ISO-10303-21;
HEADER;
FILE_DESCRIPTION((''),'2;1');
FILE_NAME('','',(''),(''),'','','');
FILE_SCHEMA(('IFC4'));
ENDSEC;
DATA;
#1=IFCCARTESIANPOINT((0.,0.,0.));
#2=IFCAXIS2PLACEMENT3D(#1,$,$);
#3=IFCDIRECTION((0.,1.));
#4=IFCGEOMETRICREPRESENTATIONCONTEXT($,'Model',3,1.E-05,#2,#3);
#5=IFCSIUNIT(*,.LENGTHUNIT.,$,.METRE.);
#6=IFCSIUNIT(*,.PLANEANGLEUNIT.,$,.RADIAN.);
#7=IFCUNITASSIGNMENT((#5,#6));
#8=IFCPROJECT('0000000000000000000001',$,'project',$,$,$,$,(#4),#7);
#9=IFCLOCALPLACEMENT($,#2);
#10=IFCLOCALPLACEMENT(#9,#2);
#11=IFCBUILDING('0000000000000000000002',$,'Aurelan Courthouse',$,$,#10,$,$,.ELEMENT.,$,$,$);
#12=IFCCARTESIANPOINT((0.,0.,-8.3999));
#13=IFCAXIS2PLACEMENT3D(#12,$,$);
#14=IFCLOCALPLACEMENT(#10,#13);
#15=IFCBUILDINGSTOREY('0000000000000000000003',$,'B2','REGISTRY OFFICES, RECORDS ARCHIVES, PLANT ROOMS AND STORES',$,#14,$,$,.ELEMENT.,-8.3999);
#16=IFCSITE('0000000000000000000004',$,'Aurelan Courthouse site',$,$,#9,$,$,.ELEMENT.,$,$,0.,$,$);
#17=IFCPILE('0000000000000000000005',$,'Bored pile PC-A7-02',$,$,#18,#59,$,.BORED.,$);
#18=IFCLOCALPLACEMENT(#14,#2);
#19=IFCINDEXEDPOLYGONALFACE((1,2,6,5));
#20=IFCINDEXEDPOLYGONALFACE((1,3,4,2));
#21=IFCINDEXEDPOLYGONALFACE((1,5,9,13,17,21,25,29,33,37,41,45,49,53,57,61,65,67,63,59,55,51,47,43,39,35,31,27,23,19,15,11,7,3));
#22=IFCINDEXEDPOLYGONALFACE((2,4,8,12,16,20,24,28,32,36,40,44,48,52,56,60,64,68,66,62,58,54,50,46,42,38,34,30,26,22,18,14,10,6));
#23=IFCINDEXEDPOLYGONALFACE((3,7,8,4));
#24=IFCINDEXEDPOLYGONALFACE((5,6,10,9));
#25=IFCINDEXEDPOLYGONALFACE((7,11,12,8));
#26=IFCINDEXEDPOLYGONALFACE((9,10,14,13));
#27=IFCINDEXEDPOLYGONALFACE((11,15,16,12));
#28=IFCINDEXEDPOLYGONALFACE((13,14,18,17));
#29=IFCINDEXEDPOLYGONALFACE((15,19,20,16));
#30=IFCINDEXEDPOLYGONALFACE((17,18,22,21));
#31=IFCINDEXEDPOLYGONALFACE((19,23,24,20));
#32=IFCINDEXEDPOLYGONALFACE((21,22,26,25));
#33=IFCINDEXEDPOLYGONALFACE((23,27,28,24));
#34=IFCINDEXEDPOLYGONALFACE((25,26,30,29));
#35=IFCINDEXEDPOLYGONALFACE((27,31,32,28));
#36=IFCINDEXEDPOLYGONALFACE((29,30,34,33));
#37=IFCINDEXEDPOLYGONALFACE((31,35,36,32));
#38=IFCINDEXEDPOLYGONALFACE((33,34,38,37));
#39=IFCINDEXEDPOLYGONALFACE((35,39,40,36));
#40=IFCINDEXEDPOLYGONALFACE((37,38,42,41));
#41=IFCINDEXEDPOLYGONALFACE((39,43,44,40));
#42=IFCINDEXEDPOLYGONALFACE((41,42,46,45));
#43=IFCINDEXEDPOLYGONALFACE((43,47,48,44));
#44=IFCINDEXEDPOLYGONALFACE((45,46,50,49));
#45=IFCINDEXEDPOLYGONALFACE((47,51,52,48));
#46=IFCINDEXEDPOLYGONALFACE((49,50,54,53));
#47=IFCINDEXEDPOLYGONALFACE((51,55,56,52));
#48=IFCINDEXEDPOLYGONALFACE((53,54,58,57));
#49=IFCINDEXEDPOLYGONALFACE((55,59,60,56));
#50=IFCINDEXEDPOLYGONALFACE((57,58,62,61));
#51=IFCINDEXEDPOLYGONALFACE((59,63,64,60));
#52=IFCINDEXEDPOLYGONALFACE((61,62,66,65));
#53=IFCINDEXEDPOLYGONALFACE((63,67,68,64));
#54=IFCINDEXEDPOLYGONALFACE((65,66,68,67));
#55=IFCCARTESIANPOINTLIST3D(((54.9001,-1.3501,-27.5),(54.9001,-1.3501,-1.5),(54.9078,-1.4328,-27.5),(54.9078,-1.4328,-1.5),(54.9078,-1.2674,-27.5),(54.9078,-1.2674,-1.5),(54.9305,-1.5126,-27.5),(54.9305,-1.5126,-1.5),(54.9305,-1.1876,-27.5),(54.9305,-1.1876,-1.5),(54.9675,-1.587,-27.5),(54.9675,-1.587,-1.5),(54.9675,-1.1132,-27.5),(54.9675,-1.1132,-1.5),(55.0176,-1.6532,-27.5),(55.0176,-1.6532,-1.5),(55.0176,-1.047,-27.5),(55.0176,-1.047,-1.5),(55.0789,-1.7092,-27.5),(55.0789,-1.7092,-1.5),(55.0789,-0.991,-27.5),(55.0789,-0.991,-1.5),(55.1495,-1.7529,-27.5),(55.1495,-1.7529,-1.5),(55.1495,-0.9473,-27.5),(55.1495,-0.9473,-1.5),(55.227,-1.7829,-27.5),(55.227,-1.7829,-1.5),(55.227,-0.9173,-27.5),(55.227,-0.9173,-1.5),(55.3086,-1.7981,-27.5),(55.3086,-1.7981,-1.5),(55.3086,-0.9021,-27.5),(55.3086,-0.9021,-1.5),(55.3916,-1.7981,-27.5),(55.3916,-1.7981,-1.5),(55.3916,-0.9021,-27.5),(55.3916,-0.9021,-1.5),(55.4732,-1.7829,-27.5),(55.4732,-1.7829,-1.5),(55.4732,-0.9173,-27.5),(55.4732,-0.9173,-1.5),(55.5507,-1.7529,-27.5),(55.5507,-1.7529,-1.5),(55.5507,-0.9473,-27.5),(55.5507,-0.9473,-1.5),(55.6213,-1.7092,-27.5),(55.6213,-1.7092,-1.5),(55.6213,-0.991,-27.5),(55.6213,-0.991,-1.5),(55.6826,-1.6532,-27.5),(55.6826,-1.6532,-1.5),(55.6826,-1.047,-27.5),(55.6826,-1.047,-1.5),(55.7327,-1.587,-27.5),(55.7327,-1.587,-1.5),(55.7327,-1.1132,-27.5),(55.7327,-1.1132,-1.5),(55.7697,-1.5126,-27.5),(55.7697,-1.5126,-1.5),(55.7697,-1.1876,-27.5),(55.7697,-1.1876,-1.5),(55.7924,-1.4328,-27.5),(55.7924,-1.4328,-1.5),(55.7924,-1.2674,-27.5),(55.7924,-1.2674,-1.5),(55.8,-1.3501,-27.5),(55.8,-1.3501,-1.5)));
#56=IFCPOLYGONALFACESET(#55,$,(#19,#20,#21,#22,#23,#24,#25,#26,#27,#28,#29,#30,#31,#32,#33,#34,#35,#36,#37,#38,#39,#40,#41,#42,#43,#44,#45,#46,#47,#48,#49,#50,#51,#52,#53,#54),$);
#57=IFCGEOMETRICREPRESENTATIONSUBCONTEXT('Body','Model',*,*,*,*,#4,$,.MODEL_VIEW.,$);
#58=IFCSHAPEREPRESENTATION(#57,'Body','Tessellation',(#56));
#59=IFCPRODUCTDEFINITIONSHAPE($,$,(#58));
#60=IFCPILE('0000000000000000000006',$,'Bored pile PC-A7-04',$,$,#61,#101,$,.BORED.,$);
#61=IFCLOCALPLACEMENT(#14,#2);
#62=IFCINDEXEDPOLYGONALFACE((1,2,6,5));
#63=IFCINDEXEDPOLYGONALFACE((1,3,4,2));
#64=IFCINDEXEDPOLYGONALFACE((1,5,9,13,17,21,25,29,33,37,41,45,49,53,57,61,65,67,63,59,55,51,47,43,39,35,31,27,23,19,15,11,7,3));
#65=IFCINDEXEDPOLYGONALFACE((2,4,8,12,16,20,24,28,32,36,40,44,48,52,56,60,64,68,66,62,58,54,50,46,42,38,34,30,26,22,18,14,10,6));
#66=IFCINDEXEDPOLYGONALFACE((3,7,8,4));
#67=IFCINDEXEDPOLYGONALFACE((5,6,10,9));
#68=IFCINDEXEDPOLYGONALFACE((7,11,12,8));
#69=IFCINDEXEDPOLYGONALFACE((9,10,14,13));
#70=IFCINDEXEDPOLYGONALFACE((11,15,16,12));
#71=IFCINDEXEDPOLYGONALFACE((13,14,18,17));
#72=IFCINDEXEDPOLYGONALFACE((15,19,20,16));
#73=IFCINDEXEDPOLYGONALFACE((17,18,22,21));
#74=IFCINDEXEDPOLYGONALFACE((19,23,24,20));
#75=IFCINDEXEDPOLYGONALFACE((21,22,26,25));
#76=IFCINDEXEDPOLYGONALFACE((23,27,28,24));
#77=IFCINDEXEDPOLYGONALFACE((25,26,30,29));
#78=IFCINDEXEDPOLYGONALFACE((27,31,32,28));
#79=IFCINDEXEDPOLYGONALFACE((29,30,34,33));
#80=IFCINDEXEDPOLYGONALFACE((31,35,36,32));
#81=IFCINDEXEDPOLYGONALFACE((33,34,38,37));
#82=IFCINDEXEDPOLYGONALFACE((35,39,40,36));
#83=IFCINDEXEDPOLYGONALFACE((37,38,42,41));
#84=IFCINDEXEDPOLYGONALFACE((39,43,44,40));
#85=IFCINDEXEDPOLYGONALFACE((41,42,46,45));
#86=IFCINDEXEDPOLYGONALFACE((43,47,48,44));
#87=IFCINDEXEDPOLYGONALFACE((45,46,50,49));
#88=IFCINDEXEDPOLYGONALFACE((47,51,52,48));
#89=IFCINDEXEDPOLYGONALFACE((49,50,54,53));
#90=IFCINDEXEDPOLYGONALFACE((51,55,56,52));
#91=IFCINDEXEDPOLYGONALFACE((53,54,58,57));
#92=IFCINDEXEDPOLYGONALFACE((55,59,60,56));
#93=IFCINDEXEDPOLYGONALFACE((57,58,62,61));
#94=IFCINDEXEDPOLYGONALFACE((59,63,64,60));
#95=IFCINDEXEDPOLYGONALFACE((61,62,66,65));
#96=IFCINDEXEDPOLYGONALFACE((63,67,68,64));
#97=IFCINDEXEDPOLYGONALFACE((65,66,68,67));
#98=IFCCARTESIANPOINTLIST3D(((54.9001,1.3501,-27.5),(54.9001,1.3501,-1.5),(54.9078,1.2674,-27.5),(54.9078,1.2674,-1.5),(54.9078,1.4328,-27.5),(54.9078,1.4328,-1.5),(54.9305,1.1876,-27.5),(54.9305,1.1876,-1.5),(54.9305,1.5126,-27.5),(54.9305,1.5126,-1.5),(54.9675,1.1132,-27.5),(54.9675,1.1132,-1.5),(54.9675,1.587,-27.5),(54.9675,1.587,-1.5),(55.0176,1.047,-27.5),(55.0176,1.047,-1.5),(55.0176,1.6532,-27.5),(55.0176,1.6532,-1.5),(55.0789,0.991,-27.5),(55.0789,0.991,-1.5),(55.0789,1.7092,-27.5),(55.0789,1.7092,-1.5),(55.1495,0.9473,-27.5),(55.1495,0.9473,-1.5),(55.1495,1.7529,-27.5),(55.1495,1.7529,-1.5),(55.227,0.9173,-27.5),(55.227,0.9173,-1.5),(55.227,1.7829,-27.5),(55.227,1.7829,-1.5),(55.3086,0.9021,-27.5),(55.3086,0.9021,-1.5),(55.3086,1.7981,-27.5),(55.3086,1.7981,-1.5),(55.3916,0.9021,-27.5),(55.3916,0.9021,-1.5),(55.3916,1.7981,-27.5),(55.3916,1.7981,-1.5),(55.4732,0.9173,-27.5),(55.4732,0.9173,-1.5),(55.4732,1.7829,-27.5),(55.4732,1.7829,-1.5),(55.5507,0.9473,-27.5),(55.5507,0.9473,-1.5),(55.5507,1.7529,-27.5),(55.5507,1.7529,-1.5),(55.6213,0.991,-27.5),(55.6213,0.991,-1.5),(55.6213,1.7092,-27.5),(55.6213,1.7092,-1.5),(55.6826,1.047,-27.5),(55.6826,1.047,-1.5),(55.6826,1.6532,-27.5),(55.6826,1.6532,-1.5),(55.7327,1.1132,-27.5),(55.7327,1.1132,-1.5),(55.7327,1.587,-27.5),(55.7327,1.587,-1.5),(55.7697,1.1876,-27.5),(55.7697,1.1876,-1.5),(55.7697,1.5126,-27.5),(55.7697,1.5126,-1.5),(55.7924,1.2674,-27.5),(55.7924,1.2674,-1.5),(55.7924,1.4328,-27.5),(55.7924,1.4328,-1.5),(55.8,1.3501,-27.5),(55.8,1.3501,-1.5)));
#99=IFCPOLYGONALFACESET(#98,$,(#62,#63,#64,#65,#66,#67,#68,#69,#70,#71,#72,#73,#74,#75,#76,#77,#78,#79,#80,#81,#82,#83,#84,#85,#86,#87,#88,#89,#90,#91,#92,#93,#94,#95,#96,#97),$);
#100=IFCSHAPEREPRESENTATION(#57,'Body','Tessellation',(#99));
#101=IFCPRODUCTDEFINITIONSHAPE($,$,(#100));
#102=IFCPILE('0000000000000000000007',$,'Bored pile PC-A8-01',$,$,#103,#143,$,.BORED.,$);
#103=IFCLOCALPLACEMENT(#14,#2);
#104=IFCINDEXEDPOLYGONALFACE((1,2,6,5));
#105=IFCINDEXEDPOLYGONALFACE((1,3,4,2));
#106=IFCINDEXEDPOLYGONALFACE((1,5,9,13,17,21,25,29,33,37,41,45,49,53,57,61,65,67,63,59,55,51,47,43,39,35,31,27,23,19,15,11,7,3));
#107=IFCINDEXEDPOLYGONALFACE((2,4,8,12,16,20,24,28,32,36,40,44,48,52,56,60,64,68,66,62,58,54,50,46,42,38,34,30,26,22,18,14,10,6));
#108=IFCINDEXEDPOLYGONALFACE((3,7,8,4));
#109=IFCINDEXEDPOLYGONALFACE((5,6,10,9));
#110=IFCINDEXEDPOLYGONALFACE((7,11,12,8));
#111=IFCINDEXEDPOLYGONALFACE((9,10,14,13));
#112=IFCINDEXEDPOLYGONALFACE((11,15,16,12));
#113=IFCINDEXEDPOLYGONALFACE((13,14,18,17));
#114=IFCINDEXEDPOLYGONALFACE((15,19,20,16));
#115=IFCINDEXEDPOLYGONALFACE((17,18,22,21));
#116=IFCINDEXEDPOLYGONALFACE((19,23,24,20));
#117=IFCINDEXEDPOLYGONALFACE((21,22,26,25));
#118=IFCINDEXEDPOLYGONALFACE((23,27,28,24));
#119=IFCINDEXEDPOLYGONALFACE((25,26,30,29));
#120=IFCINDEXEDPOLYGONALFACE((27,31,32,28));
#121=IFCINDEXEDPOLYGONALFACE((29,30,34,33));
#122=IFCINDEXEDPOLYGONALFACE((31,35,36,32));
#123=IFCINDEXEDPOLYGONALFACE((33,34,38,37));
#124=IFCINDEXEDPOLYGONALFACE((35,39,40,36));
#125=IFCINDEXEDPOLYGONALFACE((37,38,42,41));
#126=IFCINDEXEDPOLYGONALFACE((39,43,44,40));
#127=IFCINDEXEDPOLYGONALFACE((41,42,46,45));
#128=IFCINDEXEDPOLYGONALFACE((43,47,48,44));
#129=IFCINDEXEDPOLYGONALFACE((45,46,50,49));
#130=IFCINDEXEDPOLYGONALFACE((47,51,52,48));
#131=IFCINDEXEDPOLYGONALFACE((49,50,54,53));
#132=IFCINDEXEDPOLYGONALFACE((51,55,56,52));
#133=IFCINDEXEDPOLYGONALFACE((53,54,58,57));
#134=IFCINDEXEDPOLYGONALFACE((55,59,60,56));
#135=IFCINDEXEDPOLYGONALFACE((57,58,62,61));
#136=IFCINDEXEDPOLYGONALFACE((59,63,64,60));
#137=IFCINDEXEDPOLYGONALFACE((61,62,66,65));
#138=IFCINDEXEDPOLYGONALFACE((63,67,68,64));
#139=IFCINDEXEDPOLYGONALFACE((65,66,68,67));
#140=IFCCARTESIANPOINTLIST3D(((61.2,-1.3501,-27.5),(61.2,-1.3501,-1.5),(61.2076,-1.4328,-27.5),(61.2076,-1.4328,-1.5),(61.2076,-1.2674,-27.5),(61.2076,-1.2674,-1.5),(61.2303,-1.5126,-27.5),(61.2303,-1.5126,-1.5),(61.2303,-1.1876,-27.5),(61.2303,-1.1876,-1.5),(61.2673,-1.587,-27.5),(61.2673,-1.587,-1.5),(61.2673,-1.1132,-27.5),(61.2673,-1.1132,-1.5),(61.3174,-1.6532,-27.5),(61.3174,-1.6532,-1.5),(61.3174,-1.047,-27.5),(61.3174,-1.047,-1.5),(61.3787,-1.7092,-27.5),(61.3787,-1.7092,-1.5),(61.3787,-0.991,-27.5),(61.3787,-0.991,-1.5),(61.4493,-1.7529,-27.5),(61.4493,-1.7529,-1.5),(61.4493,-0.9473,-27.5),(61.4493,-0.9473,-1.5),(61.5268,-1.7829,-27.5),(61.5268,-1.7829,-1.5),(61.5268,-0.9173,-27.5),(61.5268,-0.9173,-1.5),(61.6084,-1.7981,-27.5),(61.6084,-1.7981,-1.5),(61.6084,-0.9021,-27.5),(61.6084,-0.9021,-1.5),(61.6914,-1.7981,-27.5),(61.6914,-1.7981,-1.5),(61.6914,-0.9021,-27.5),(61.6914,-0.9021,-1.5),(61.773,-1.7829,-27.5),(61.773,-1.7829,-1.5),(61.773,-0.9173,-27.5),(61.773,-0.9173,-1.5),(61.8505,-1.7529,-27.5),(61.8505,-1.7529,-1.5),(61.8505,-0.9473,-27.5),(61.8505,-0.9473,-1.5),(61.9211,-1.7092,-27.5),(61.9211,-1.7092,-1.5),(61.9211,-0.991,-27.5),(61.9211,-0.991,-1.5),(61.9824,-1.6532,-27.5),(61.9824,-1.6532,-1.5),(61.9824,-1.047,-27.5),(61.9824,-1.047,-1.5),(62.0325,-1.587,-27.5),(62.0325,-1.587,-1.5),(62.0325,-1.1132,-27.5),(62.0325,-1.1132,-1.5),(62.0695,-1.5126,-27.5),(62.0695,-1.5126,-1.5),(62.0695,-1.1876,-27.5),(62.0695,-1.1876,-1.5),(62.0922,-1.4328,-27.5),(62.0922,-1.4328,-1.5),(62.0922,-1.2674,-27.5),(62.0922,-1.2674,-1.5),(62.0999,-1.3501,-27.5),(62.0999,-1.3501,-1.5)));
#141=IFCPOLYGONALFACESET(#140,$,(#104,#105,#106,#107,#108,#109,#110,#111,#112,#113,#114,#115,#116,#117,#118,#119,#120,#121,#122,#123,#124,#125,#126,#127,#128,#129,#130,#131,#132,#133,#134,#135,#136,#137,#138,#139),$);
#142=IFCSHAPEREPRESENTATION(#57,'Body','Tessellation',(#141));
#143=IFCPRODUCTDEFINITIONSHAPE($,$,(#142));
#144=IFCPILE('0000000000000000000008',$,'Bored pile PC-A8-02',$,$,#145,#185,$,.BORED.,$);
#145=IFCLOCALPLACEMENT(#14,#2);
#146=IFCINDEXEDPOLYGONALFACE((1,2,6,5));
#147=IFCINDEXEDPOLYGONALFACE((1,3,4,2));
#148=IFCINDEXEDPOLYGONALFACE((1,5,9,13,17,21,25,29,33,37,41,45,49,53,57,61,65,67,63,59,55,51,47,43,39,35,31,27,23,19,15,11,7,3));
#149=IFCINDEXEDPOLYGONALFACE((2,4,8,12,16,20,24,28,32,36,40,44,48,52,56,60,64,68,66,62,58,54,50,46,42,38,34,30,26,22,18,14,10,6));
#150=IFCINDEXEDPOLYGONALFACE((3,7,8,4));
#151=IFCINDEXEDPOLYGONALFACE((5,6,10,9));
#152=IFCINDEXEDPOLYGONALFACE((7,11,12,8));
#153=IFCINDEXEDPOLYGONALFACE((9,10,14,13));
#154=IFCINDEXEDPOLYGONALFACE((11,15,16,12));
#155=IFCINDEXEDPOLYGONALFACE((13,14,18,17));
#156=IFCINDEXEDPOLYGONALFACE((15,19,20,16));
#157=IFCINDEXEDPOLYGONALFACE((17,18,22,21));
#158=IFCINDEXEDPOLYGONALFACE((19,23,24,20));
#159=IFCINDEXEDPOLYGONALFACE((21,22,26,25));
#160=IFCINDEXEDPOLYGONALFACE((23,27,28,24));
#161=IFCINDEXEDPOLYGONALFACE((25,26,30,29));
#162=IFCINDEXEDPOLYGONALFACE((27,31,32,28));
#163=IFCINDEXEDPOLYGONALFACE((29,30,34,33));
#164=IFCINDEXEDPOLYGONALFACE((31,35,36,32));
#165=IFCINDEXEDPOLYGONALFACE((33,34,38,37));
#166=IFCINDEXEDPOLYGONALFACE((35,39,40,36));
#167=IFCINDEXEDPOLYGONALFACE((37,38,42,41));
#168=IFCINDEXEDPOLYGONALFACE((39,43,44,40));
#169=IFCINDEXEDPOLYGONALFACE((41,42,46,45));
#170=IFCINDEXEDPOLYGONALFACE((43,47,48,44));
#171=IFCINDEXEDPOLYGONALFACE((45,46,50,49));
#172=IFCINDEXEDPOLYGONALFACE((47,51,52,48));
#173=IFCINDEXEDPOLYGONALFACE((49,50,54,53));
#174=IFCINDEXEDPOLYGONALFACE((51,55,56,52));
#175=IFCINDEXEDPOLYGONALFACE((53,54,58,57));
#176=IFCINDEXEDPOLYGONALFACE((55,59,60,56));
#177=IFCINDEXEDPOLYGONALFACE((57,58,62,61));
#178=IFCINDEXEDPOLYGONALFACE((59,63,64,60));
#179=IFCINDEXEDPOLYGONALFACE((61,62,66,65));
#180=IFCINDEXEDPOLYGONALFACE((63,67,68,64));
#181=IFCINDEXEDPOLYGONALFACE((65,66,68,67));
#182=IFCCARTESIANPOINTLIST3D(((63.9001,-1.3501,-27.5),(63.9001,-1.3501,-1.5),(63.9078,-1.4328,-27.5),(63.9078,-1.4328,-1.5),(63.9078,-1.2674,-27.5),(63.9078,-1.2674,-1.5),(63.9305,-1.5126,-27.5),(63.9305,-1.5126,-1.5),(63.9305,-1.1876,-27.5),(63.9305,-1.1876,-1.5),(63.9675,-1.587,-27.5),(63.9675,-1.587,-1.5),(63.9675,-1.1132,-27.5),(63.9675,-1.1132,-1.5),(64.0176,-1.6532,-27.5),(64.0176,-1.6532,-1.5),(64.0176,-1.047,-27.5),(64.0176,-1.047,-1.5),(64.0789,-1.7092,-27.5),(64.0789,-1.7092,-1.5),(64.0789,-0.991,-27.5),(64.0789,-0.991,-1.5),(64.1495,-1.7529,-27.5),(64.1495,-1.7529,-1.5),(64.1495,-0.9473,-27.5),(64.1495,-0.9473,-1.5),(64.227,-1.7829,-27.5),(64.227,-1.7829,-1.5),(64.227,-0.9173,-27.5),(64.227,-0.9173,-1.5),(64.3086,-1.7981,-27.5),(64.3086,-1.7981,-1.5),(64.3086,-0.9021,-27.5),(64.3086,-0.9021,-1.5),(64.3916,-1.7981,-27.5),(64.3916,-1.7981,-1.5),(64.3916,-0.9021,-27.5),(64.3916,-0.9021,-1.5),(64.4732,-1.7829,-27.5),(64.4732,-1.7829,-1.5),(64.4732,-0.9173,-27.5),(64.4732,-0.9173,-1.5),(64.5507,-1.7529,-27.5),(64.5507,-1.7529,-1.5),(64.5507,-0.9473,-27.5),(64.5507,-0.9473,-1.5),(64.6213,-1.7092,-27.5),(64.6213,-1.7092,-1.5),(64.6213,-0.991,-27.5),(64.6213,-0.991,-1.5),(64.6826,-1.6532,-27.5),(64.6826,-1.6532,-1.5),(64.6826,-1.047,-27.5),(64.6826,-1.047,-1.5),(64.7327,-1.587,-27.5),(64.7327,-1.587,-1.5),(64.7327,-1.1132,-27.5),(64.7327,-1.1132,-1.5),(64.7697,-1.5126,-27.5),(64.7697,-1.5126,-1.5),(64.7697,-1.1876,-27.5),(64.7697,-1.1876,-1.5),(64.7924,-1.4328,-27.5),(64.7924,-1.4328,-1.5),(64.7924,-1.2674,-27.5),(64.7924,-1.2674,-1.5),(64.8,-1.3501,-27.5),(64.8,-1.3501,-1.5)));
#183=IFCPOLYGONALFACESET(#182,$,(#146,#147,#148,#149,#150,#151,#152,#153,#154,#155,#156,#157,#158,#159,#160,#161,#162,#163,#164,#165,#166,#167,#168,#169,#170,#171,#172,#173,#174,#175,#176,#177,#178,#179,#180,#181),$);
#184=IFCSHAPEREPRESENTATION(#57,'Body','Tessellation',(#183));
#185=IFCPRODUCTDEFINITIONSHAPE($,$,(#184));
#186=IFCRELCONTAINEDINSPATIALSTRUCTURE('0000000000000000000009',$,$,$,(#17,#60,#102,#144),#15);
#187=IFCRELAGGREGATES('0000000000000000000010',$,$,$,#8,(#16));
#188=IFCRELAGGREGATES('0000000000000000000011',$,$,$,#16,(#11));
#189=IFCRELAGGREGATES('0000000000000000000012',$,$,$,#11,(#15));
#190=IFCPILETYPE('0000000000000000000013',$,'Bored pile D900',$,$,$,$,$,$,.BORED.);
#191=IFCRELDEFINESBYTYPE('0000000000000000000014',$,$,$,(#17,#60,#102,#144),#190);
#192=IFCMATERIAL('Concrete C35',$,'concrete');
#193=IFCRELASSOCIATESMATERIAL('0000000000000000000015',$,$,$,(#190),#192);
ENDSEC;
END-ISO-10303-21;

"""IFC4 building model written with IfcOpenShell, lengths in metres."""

from ifc_helpers import new_model, si_unit, direction, frame, origin, origin_2d, place, context, subcontext, project, spatial, circle, extrude, material, material_profile, profile_set, type_object, element, save


model = new_model("IFC4")

# Units and contexts
model_context = context("Model", 3, precision=1e-05, world=origin(), true_north=direction((0.0, 1.0)))
body_context = subcontext(model_context, "Body", "Model", "MODEL_VIEW")
ifc_project = project(units=[si_unit("LENGTHUNIT", "METRE"), si_unit("PLANEANGLEUNIT", "RADIAN")], contexts=[model_context])

# Site, building, storey
site_placement = place(None, origin())
site = spatial("IfcSite", under=ifc_project, at=site_placement, Name="Aurelan Courthouse site", CompositionType="ELEMENT", RefElevation=0.0)
building_placement = place(site_placement, origin())
building = spatial("IfcBuilding", under=site, at=building_placement, Name="Aurelan Courthouse", CompositionType="ELEMENT")
storey_placement = place(building_placement, frame((0.0, 0.0, -8.3999)))
storey = spatial("IfcBuildingStorey", under=building, at=storey_placement, Name="B2", Description="REGISTRY OFFICES, RECORDS ARCHIVES, PLANT ROOMS AND STORES", CompositionType="ELEMENT", Elevation=-8.3999)

# Piles
ifc_material_1 = material(Name="Concrete C35", Category="concrete")
ifc_material_profile_1 = material_profile(ifc_material_1, circle(Radius=0.45, at=origin_2d()), Name="D900")
ifc_profile_set_1 = profile_set([ifc_material_profile_1], Name="Concrete C35")
pile_type = type_object("IfcPileType", Name="Bored pile D900", PredefinedType="BORED", material=ifc_profile_set_1)
for number, where, z_axis, x_axis, name in (
    (1, (55.3501, -1.3501, -1.5), (0.0, 0.0, -1.0), (1.0, 0.0, 0.0), "Bored pile PC-A7-02"),
    (2, (55.3501, 1.3501, -1.5), (0.0, 0.0, -1.0), (1.0, 0.0, 0.0), "Bored pile PC-A7-04"),
    (3, (61.6499, -1.3501, -1.5), (0.0, 0.0, -1.0), (1.0, 0.0, 0.0), "Bored pile PC-A8-01"),
    (4, (64.3501, -1.3501, -1.5), (0.0, 0.0, -1.0), (1.0, 0.0, 0.0), "Bored pile PC-A8-02"),
):
    element("IfcPile", number, at=place(storey_placement, frame(where, z_axis=z_axis, x_axis=x_axis)), inside=storey, type_object=pile_type, Name=name, PredefinedType="BORED", context=body_context, shape_type="SweptSolid", body=[
        extrude(circle(Radius=0.45, at=origin_2d()), origin(), (0.0, 0.0, 1.0), 26.0),
    ])

save(model, "model.ifc")
